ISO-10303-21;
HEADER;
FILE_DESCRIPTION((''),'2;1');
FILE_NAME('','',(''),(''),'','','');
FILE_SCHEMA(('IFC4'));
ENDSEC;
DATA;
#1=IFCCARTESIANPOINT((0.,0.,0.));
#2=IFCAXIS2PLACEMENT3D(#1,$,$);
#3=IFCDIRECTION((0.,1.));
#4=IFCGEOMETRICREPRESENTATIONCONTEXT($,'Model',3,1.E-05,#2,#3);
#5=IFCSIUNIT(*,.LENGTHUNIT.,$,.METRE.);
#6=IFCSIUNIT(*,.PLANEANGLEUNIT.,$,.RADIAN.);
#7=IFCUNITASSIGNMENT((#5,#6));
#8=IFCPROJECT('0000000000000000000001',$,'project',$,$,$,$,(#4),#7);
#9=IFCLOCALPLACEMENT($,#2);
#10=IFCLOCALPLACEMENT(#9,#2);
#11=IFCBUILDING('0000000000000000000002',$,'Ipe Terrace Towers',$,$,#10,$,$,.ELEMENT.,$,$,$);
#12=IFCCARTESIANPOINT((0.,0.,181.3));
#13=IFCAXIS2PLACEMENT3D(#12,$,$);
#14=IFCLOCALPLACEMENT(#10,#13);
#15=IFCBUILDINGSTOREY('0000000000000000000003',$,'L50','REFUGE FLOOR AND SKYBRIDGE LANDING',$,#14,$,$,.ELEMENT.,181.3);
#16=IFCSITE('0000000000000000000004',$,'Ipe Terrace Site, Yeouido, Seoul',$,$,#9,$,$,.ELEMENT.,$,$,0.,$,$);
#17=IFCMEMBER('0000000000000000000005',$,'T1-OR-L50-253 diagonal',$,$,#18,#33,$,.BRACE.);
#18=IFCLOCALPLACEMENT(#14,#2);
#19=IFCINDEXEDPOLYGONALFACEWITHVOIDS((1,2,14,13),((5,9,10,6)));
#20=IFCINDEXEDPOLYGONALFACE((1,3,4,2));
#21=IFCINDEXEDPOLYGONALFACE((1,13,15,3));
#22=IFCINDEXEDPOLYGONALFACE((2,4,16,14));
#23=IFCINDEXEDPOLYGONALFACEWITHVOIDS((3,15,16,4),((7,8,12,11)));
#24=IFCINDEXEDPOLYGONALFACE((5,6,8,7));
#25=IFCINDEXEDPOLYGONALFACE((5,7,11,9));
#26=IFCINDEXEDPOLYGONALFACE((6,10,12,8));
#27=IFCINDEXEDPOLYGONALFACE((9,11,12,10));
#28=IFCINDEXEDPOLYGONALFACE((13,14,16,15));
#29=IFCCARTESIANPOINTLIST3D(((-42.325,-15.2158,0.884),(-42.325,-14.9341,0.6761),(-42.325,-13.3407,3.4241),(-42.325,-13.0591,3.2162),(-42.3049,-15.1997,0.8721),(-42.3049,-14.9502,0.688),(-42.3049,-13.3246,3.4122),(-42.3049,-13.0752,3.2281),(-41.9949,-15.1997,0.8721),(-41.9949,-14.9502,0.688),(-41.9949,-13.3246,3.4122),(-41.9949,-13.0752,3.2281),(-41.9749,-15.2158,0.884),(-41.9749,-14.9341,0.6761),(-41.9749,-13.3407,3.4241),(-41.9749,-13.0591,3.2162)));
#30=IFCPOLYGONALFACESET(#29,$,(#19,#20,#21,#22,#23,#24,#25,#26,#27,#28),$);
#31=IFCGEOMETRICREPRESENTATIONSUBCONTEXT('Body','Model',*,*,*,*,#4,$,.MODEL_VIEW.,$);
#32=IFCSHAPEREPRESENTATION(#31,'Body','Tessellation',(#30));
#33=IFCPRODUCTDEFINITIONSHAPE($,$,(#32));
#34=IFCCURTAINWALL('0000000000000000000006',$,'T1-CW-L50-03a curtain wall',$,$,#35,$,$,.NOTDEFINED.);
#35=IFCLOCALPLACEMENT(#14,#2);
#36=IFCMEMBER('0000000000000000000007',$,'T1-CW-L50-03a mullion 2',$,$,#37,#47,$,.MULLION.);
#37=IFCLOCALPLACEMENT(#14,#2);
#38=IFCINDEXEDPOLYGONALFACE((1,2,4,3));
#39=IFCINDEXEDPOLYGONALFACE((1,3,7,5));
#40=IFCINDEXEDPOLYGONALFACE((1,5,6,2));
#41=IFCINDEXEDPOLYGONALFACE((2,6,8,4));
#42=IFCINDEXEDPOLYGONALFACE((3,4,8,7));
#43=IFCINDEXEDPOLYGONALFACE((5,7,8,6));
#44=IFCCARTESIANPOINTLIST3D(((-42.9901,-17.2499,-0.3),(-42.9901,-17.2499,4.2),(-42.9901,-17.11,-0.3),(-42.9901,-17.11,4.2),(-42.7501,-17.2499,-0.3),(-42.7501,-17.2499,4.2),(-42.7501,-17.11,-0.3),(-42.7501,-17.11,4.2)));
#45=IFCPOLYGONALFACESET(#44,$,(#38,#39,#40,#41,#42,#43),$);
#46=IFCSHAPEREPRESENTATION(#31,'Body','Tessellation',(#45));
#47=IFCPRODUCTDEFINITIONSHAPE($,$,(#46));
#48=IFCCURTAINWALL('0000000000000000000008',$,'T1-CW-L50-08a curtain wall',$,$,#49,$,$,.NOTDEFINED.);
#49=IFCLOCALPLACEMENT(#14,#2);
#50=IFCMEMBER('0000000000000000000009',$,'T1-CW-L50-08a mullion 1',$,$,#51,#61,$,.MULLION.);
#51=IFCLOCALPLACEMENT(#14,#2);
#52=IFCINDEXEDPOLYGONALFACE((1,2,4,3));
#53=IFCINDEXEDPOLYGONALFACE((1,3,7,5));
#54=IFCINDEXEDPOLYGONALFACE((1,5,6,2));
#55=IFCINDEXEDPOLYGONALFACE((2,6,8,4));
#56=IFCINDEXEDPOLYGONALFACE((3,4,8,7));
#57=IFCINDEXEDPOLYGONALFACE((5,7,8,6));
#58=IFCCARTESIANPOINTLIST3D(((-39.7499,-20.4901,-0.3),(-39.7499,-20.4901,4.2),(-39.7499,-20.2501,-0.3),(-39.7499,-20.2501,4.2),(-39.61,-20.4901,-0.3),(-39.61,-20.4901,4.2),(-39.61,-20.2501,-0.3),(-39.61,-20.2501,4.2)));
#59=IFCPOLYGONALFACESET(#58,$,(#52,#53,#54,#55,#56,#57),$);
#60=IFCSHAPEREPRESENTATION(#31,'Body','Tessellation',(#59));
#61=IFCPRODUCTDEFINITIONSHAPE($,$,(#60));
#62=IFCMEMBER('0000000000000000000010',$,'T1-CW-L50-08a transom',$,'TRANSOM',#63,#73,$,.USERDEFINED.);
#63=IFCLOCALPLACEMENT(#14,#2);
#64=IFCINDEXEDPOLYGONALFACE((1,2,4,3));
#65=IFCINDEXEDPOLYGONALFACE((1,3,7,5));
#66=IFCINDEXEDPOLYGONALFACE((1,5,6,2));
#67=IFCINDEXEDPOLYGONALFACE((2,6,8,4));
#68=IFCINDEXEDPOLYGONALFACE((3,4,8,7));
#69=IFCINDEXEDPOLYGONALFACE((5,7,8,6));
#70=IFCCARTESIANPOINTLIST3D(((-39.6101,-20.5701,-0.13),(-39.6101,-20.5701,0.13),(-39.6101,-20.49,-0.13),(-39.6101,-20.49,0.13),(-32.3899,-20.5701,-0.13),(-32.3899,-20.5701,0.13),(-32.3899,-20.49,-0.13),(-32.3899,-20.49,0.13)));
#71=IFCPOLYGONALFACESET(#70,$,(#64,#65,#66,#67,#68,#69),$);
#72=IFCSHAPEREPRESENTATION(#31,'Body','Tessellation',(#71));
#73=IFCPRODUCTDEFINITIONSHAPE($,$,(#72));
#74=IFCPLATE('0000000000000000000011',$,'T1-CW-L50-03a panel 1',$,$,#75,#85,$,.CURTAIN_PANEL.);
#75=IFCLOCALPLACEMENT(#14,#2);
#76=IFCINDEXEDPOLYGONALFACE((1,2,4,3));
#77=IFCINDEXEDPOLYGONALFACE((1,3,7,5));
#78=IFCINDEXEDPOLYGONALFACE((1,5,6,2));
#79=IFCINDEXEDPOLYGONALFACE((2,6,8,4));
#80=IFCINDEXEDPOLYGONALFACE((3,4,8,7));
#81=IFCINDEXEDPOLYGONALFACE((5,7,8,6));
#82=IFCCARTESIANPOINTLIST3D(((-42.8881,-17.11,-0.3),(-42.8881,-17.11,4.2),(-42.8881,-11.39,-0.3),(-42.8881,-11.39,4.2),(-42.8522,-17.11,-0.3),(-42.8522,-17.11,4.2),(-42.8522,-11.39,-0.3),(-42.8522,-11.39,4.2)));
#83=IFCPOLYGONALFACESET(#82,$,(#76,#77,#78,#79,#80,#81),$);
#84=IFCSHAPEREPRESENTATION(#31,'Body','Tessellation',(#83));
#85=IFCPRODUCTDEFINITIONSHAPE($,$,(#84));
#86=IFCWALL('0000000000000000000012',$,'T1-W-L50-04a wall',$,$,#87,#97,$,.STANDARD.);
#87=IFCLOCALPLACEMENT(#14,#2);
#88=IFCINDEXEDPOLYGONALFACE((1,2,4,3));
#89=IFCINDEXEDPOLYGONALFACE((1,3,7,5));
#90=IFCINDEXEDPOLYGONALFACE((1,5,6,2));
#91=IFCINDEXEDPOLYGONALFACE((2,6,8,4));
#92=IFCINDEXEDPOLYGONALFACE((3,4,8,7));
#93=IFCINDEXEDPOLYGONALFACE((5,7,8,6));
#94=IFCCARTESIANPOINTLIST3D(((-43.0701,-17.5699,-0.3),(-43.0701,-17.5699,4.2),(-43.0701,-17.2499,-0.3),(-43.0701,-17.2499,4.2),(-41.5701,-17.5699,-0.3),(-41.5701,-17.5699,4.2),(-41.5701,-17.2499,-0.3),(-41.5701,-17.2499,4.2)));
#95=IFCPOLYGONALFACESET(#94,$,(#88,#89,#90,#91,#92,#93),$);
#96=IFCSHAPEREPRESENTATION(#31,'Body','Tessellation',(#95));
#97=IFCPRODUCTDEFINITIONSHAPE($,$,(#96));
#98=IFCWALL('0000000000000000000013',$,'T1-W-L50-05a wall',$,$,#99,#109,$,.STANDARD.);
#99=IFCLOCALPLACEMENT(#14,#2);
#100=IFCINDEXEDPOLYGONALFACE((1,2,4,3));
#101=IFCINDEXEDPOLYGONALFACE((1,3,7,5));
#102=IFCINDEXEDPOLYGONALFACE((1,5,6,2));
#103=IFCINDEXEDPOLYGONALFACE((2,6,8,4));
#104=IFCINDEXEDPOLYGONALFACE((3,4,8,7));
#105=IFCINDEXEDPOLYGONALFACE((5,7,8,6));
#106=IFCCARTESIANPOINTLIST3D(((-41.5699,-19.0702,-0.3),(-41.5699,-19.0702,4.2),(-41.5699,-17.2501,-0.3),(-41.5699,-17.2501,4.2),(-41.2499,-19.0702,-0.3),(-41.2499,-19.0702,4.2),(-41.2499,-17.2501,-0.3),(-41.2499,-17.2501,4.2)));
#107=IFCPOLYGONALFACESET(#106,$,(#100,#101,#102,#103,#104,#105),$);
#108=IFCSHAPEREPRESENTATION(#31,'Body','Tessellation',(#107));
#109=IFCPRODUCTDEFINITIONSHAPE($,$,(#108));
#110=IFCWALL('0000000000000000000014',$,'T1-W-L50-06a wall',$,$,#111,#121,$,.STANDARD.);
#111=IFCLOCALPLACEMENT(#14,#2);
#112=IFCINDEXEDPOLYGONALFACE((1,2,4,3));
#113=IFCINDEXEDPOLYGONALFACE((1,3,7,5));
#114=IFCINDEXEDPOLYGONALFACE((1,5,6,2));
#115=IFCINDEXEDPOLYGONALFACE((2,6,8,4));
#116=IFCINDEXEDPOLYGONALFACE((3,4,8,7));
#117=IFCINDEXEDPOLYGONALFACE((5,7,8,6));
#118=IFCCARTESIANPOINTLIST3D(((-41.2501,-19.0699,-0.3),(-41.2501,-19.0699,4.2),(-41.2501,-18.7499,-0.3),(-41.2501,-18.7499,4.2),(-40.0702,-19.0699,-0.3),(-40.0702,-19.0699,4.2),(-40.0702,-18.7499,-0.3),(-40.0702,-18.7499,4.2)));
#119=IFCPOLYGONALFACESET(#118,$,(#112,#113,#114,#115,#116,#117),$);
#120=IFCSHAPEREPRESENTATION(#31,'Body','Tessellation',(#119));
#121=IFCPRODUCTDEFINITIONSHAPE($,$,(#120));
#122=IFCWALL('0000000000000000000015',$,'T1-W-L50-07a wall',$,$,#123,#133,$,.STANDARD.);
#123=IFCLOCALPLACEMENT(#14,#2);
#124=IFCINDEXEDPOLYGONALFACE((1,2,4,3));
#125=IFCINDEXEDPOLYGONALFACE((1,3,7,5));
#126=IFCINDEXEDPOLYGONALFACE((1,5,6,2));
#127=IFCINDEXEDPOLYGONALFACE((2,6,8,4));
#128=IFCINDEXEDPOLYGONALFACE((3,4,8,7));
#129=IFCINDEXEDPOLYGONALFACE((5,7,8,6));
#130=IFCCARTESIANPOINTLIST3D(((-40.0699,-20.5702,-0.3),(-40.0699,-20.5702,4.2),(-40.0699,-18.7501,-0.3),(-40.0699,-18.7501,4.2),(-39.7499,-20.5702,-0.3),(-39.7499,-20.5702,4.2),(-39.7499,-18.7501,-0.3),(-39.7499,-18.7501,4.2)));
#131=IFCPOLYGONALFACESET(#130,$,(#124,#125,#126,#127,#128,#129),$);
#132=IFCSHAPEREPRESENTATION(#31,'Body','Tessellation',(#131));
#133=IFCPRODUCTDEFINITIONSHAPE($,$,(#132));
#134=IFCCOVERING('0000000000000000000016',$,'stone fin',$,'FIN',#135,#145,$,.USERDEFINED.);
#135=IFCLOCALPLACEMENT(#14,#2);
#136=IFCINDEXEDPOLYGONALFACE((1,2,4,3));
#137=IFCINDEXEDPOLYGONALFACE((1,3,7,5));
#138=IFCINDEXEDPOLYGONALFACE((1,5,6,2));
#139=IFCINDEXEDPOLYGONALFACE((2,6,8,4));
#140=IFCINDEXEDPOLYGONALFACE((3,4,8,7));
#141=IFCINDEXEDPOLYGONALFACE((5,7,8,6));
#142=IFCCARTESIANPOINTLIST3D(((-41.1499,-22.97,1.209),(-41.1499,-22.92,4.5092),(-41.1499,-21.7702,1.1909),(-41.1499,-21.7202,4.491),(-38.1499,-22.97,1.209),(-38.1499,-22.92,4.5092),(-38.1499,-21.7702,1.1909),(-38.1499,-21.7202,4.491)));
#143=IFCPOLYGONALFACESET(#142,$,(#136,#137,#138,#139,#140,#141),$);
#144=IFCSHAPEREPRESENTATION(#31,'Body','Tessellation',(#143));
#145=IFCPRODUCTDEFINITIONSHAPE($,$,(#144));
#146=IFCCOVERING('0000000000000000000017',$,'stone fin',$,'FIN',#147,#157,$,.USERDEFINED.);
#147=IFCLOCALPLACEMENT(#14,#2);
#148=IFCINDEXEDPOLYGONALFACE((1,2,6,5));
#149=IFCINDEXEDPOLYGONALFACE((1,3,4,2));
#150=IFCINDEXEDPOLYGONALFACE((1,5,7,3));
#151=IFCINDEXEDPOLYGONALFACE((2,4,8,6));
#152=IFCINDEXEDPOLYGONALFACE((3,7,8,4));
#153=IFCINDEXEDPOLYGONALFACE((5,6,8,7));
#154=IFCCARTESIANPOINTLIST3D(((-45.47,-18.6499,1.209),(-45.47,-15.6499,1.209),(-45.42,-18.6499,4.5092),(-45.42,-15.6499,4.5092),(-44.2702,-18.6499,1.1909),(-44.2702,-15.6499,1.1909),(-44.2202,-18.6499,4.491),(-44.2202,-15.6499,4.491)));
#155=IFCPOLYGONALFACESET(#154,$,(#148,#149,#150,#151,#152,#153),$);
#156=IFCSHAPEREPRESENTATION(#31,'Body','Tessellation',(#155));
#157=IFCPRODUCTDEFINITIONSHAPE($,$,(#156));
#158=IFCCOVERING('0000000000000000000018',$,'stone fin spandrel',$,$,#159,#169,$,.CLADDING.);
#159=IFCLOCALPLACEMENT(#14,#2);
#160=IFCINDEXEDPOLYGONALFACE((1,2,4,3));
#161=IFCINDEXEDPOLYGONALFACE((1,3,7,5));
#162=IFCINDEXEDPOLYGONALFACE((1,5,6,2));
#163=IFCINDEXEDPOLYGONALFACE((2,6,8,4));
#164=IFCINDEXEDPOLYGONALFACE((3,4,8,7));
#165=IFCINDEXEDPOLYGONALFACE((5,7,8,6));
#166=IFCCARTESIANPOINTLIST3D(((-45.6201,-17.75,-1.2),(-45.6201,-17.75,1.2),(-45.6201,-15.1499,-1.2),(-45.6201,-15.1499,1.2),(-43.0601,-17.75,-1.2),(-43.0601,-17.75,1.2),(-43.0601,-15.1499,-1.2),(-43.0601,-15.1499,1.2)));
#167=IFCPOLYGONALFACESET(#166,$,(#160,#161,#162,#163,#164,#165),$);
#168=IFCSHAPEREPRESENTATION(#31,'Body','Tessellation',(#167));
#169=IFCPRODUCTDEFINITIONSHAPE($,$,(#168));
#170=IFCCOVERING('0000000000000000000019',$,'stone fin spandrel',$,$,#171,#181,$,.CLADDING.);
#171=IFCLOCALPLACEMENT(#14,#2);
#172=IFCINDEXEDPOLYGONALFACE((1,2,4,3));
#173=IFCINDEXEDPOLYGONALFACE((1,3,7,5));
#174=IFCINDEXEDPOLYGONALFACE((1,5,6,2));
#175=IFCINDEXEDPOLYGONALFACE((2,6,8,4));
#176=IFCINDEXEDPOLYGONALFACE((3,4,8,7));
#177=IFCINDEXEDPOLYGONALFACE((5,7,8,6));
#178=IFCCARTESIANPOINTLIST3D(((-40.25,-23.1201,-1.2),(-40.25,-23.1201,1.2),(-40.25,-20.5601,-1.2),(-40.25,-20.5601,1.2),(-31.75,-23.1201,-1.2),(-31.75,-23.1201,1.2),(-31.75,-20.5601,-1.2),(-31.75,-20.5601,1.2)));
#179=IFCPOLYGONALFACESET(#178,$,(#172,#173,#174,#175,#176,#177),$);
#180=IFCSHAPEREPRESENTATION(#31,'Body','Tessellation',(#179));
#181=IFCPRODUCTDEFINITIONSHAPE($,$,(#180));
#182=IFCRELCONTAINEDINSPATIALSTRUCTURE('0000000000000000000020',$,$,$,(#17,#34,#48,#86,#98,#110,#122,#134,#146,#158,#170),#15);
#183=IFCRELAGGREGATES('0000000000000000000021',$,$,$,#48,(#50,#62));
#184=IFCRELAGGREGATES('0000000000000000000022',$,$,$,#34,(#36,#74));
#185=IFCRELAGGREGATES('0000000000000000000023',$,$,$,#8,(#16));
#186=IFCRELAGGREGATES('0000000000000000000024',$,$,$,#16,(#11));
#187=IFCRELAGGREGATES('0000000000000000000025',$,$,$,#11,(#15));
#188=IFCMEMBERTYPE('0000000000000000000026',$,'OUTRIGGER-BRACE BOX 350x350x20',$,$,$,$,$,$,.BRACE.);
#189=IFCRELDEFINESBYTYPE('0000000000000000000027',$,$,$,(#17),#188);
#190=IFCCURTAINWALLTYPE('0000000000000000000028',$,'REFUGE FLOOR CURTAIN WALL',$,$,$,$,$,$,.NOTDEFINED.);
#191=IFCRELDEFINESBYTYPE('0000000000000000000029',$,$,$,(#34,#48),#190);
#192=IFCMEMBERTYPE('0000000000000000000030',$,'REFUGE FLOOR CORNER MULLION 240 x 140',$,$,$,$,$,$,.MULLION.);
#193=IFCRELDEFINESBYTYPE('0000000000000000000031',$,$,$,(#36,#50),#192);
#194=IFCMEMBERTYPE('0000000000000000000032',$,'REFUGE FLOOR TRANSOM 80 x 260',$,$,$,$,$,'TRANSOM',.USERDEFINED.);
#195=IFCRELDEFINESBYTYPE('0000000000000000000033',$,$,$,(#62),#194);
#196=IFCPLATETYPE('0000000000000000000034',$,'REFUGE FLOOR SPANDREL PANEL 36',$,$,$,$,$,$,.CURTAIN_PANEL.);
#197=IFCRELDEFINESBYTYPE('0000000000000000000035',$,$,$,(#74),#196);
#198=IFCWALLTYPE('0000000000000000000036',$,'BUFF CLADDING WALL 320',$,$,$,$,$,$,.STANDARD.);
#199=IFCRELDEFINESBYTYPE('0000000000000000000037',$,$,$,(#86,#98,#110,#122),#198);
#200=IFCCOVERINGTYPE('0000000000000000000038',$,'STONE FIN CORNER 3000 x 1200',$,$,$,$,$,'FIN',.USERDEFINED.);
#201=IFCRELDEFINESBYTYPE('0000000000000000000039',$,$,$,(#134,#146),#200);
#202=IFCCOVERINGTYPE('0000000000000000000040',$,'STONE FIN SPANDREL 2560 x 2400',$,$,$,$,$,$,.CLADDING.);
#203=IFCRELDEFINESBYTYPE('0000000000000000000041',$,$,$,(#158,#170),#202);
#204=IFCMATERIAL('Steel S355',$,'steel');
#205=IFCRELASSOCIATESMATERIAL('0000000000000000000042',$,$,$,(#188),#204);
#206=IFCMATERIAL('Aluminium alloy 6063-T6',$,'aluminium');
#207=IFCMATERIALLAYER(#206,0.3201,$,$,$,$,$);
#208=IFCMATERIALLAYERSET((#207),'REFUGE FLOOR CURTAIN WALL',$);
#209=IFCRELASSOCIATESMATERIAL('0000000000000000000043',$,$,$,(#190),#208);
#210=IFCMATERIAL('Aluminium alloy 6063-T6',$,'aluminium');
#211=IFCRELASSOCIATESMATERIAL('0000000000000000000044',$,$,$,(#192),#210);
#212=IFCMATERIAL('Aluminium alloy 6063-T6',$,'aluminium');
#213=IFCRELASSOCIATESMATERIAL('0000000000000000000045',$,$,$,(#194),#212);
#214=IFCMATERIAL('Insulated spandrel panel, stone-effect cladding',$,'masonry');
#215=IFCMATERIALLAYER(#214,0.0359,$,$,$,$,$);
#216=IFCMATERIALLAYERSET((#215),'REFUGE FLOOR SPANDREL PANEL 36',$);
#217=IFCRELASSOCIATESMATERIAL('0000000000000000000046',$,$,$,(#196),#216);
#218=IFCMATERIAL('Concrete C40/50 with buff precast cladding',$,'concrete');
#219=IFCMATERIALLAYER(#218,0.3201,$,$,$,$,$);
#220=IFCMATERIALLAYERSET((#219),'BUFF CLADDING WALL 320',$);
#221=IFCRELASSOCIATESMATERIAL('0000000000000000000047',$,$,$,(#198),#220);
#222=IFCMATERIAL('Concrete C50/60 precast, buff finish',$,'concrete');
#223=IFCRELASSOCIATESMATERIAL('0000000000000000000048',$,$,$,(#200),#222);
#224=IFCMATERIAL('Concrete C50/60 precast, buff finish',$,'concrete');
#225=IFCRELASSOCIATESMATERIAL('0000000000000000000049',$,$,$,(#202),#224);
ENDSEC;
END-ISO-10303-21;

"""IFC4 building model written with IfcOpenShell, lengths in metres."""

from ifc_helpers import new_model, si_unit, direction, frame, frame_2d, origin, origin_2d, place, context, subcontext, project, spatial, rectangle, hollow_rectangle, extrude, material, layer, layer_set, material_profile, profile_set, type_object, element, aggregate, save


model = new_model("IFC4")

# Units and contexts
model_context = context("Model", 3, precision=1e-05, world=origin(), true_north=direction((0.0, 1.0)))
body_context = subcontext(model_context, "Body", "Model", "MODEL_VIEW")
ifc_project = project(units=[si_unit("LENGTHUNIT", "METRE"), si_unit("PLANEANGLEUNIT", "RADIAN")], contexts=[model_context])

# Site, building, storey
site_placement = place(None, origin())
site = spatial("IfcSite", under=ifc_project, at=site_placement, Name="Ipe Terrace Site, Yeouido, Seoul", CompositionType="ELEMENT", RefElevation=0.0)
building_placement = place(site_placement, origin())
building = spatial("IfcBuilding", under=site, at=building_placement, Name="Ipe Terrace Towers", CompositionType="ELEMENT")
storey_placement = place(building_placement, frame((0.0, 0.0, 181.3)))
storey = spatial("IfcBuildingStorey", under=building, at=storey_placement, Name="L50", Description="REFUGE FLOOR AND SKYBRIDGE LANDING", CompositionType="ELEMENT", Elevation=181.3)

# Member
ifc_material_1 = material(Name="Steel S355", Category="steel")
ifc_material_profile_1 = material_profile(ifc_material_1, hollow_rectangle(XDim=0.3501, YDim=0.3501, WallThickness=0.02, at=origin_2d()), Name="OUTRIGGER-BRACE BOX 350x350x20")
ifc_profile_set_1 = profile_set([ifc_material_profile_1], Name="Steel S355")
member_type_1 = type_object("IfcMemberType", Name="OUTRIGGER-BRACE BOX 350x350x20", PredefinedType="BRACE", material=ifc_profile_set_1)
member_1_placement = place(storey_placement, frame((-42.1499, -15.075, 0.78), z_axis=(0.0, 0.593895, 0.804542), x_axis=(-1.0, 0.0, 0.0)))
element("IfcMember", 1, at=member_1_placement, inside=storey, type_object=member_type_1, Name="T1-OR-L50-253 diagonal", PredefinedType="BRACE", context=body_context, shape_type="SweptSolid", body=[
    extrude(hollow_rectangle(XDim=0.3501, YDim=0.3501, WallThickness=0.02, at=origin_2d()), origin(), (0.0, 0.0, 1.0), 3.1572),
])

# Curtain wall, member
ifc_material_2 = material(Name="Aluminium alloy 6063-T6", Category="aluminium")
ifc_layer_1 = layer(ifc_material_2, 0.3201)
ifc_layer_set_1 = layer_set([ifc_layer_1], Name="REFUGE FLOOR CURTAIN WALL")
curtain_wall_type = type_object("IfcCurtainWallType", Name="REFUGE FLOOR CURTAIN WALL", PredefinedType="NOTDEFINED", material=ifc_layer_set_1)
curtain_wall_1_placement = place(storey_placement, origin())
curtain_wall_1 = element("IfcCurtainWall", 2, at=curtain_wall_1_placement, inside=storey, type_object=curtain_wall_type, Name="T1-CW-L50-03a curtain wall", PredefinedType="NOTDEFINED")
ifc_material_3 = material(Name="Aluminium alloy 6063-T6", Category="aluminium")
ifc_material_profile_2 = material_profile(ifc_material_3, rectangle(XDim=0.24, YDim=0.1399, at=origin_2d()), Name="REFUGE FLOOR CORNER MULLION 240 x 140")
ifc_profile_set_2 = profile_set([ifc_material_profile_2], Name="Aluminium alloy 6063-T6")
member_type_2 = type_object("IfcMemberType", Name="REFUGE FLOOR CORNER MULLION 240 x 140", PredefinedType="MULLION", material=ifc_profile_set_2)
member_2_placement = place(storey_placement, frame((-42.8701, -17.1799, -0.3), z_axis=(0.0, 0.0, 1.0), x_axis=(-1.0, 0.0, 0.0)))
member_2 = element("IfcMember", 3, at=member_2_placement, type_object=member_type_2, Name="T1-CW-L50-03a mullion 2", PredefinedType="MULLION", context=body_context, shape_type="SweptSolid", body=[
    extrude(rectangle(XDim=0.24, YDim=0.1399, at=origin_2d()), origin(), (0.0, 0.0, 1.0), 4.5),
])

# Curtain wall, members
curtain_wall_2_placement = place(storey_placement, origin())
curtain_wall_2 = element("IfcCurtainWall", 4, at=curtain_wall_2_placement, inside=storey, type_object=curtain_wall_type, Name="T1-CW-L50-08a curtain wall", PredefinedType="NOTDEFINED")
member_3_placement = place(storey_placement, frame((-39.6799, -20.3701, -0.3), z_axis=(0.0, 0.0, 1.0), x_axis=(0.0, -1.0, 0.0)))
member_3 = element("IfcMember", 5, at=member_3_placement, type_object=member_type_2, Name="T1-CW-L50-08a mullion 1", PredefinedType="MULLION", context=body_context, shape_type="SweptSolid", body=[
    extrude(rectangle(XDim=0.24, YDim=0.1399, at=origin_2d()), origin(), (0.0, 0.0, 1.0), 4.5),
])
ifc_material_4 = material(Name="Aluminium alloy 6063-T6", Category="aluminium")
ifc_material_profile_3 = material_profile(ifc_material_4, rectangle(XDim=0.0801, YDim=0.26, at=origin_2d()), Name="REFUGE FLOOR TRANSOM 80 x 260")
ifc_profile_set_3 = profile_set([ifc_material_profile_3], Name="Aluminium alloy 6063-T6")
member_type_3 = type_object("IfcMemberType", Name="REFUGE FLOOR TRANSOM 80 x 260", ElementType="TRANSOM", PredefinedType="USERDEFINED", material=ifc_profile_set_3)
member_4_placement = place(storey_placement, frame((-39.6101, -20.53, 0.0), z_axis=(1.0, 0.0, 0.0), x_axis=(0.0, -1.0, 0.0)))
member_4 = element("IfcMember", 6, at=member_4_placement, type_object=member_type_3, Name="T1-CW-L50-08a transom", ObjectType="TRANSOM", PredefinedType="USERDEFINED", context=body_context, shape_type="SweptSolid", body=[
    extrude(rectangle(XDim=0.0801, YDim=0.26, at=origin_2d()), origin(), (0.0, 0.0, 1.0), 7.2202),
])
aggregate(curtain_wall_2, [member_3, member_4])

# Plate
ifc_material_5 = material(Name="Insulated spandrel panel, stone-effect cladding", Category="masonry")
ifc_layer_2 = layer(ifc_material_5, 0.0359)
ifc_layer_set_2 = layer_set([ifc_layer_2], Name="REFUGE FLOOR SPANDREL PANEL 36")
plate_type = type_object("IfcPlateType", Name="REFUGE FLOOR SPANDREL PANEL 36", PredefinedType="CURTAIN_PANEL", material=ifc_layer_set_2)
plate_placement = place(storey_placement, frame((-42.8701, -14.25, -0.3), z_axis=(0.0, 0.0, 1.0), x_axis=(0.0, -1.0, 0.0)))
plate = element("IfcPlate", 7, at=plate_placement, type_object=plate_type, Name="T1-CW-L50-03a panel 1", PredefinedType="CURTAIN_PANEL", context=body_context, shape_type="SweptSolid", body=[
    extrude(rectangle(XDim=5.72, YDim=0.0359, at=origin_2d()), origin(), (0.0, 0.0, 1.0), 4.5),
])
aggregate(curtain_wall_1, [member_2, plate])

# Walls
ifc_material_6 = material(Name="Concrete C40/50 with buff precast cladding", Category="concrete")
ifc_layer_3 = layer(ifc_material_6, 0.3201)
ifc_layer_set_3 = layer_set([ifc_layer_3], Name="BUFF CLADDING WALL 320")
wall_type = type_object("IfcWallType", Name="BUFF CLADDING WALL 320", PredefinedType="STANDARD", material=ifc_layer_set_3)
wall_1_placement = place(storey_placement, frame((-43.0701, -17.4099, -0.3), z_axis=(0.0, 0.0, 1.0), x_axis=(1.0, 0.0, 0.0)))
element("IfcWall", 8, at=wall_1_placement, inside=storey, type_object=wall_type, Name="T1-W-L50-04a wall", PredefinedType="STANDARD", context=body_context, shape_type="SweptSolid", body=[
    extrude(rectangle(XDim=1.5, YDim=0.3201, at=frame_2d((0.75, 0.0))), origin(), (0.0, 0.0, 1.0), 4.5),
])
wall_2_placement = place(storey_placement, frame((-41.4099, -17.25, -0.3), z_axis=(0.0, 0.0, 1.0), x_axis=(0.0, -1.0, 0.0)))
element("IfcWall", 9, at=wall_2_placement, inside=storey, type_object=wall_type, Name="T1-W-L50-05a wall", PredefinedType="STANDARD", context=body_context, shape_type="SweptSolid", body=[
    extrude(rectangle(XDim=1.8201, YDim=0.3201, at=frame_2d((0.9102, 0.0))), origin(), (0.0, 0.0, 1.0), 4.5),
])
wall_3_placement = place(storey_placement, frame((-41.25, -18.9099, -0.3), z_axis=(0.0, 0.0, 1.0), x_axis=(1.0, 0.0, 0.0)))
element("IfcWall", 10, at=wall_3_placement, inside=storey, type_object=wall_type, Name="T1-W-L50-06a wall", PredefinedType="STANDARD", context=body_context, shape_type="SweptSolid", body=[
    extrude(rectangle(XDim=1.1799, YDim=0.3201, at=frame_2d((0.5898, 0.0))), origin(), (0.0, 0.0, 1.0), 4.5),
])
wall_4_placement = place(storey_placement, frame((-39.9099, -18.75, -0.3), z_axis=(0.0, 0.0, 1.0), x_axis=(0.0, -1.0, 0.0)))
element("IfcWall", 11, at=wall_4_placement, inside=storey, type_object=wall_type, Name="T1-W-L50-07a wall", PredefinedType="STANDARD", context=body_context, shape_type="SweptSolid", body=[
    extrude(rectangle(XDim=1.8201, YDim=0.3201, at=frame_2d((0.9102, 0.0))), origin(), (0.0, 0.0, 1.0), 4.5),
])

# Coverings
ifc_material_7 = material(Name="Concrete C50/60 precast, buff finish", Category="concrete")
ifc_material_profile_4 = material_profile(ifc_material_7, rectangle(XDim=3.0, YDim=1.2, at=origin_2d()), Name="STONE FIN CORNER 3000 x 1200")
ifc_profile_set_4 = profile_set([ifc_material_profile_4], Name="Concrete C50/60 precast, buff finish")
covering_type_1 = type_object("IfcCoveringType", Name="STONE FIN CORNER 3000 x 1200", ElementType="FIN", PredefinedType="USERDEFINED", material=ifc_profile_set_4)
for number, where, z_axis, x_axis, name in (
    (12, (-39.6499, -22.3701, 1.2), (0.0, 0.015164, 0.999885), (1.0, 0.0, 0.0), "stone fin"),
    (13, (-44.8701, -17.1499, 1.2), (0.015164, 0.0, 0.999885), (0.0, -1.0, 0.0), "stone fin"),
):
    element("IfcCovering", number, at=place(storey_placement, frame(where, z_axis=z_axis, x_axis=x_axis)), inside=storey, type_object=covering_type_1, Name=name, ObjectType="FIN", PredefinedType="USERDEFINED", context=body_context, shape_type="SweptSolid", body=[
        extrude(rectangle(XDim=3.0, YDim=1.2, at=origin_2d()), origin(), (0.0, 0.0, 1.0), 3.3005),
    ])
ifc_material_8 = material(Name="Concrete C50/60 precast, buff finish", Category="concrete")
ifc_material_profile_5 = material_profile(ifc_material_8, rectangle(XDim=2.5601, YDim=2.3999, at=origin_2d()), Name="STONE FIN SPANDREL 2560 x 2400")
ifc_profile_set_5 = profile_set([ifc_material_profile_5], Name="Concrete C50/60 precast, buff finish")
covering_type_2 = type_object("IfcCoveringType", Name="STONE FIN SPANDREL 2560 x 2400", PredefinedType="CLADDING", material=ifc_profile_set_5)
covering_1_placement = place(storey_placement, frame((-44.3401, -15.1499, 0.0), z_axis=(0.0, -1.0, 0.0), x_axis=(-1.0, 0.0, 0.0)))
element("IfcCovering", 14, at=covering_1_placement, inside=storey, type_object=covering_type_2, Name="stone fin spandrel", PredefinedType="CLADDING", context=body_context, shape_type="SweptSolid", body=[
    extrude(rectangle(XDim=2.5601, YDim=2.3999, at=origin_2d()), origin(), (0.0, 0.0, 1.0), 2.6001),
])
covering_2_placement = place(storey_placement, frame((-40.25, -21.8401, 0.0), z_axis=(1.0, 0.0, 0.0), x_axis=(0.0, -1.0, 0.0)))
element("IfcCovering", 15, at=covering_2_placement, inside=storey, type_object=covering_type_2, Name="stone fin spandrel", PredefinedType="CLADDING", context=body_context, shape_type="SweptSolid", body=[
    extrude(rectangle(XDim=2.5601, YDim=2.3999, at=origin_2d()), origin(), (0.0, 0.0, 1.0), 8.5),
])

save(model, "model.ifc")
